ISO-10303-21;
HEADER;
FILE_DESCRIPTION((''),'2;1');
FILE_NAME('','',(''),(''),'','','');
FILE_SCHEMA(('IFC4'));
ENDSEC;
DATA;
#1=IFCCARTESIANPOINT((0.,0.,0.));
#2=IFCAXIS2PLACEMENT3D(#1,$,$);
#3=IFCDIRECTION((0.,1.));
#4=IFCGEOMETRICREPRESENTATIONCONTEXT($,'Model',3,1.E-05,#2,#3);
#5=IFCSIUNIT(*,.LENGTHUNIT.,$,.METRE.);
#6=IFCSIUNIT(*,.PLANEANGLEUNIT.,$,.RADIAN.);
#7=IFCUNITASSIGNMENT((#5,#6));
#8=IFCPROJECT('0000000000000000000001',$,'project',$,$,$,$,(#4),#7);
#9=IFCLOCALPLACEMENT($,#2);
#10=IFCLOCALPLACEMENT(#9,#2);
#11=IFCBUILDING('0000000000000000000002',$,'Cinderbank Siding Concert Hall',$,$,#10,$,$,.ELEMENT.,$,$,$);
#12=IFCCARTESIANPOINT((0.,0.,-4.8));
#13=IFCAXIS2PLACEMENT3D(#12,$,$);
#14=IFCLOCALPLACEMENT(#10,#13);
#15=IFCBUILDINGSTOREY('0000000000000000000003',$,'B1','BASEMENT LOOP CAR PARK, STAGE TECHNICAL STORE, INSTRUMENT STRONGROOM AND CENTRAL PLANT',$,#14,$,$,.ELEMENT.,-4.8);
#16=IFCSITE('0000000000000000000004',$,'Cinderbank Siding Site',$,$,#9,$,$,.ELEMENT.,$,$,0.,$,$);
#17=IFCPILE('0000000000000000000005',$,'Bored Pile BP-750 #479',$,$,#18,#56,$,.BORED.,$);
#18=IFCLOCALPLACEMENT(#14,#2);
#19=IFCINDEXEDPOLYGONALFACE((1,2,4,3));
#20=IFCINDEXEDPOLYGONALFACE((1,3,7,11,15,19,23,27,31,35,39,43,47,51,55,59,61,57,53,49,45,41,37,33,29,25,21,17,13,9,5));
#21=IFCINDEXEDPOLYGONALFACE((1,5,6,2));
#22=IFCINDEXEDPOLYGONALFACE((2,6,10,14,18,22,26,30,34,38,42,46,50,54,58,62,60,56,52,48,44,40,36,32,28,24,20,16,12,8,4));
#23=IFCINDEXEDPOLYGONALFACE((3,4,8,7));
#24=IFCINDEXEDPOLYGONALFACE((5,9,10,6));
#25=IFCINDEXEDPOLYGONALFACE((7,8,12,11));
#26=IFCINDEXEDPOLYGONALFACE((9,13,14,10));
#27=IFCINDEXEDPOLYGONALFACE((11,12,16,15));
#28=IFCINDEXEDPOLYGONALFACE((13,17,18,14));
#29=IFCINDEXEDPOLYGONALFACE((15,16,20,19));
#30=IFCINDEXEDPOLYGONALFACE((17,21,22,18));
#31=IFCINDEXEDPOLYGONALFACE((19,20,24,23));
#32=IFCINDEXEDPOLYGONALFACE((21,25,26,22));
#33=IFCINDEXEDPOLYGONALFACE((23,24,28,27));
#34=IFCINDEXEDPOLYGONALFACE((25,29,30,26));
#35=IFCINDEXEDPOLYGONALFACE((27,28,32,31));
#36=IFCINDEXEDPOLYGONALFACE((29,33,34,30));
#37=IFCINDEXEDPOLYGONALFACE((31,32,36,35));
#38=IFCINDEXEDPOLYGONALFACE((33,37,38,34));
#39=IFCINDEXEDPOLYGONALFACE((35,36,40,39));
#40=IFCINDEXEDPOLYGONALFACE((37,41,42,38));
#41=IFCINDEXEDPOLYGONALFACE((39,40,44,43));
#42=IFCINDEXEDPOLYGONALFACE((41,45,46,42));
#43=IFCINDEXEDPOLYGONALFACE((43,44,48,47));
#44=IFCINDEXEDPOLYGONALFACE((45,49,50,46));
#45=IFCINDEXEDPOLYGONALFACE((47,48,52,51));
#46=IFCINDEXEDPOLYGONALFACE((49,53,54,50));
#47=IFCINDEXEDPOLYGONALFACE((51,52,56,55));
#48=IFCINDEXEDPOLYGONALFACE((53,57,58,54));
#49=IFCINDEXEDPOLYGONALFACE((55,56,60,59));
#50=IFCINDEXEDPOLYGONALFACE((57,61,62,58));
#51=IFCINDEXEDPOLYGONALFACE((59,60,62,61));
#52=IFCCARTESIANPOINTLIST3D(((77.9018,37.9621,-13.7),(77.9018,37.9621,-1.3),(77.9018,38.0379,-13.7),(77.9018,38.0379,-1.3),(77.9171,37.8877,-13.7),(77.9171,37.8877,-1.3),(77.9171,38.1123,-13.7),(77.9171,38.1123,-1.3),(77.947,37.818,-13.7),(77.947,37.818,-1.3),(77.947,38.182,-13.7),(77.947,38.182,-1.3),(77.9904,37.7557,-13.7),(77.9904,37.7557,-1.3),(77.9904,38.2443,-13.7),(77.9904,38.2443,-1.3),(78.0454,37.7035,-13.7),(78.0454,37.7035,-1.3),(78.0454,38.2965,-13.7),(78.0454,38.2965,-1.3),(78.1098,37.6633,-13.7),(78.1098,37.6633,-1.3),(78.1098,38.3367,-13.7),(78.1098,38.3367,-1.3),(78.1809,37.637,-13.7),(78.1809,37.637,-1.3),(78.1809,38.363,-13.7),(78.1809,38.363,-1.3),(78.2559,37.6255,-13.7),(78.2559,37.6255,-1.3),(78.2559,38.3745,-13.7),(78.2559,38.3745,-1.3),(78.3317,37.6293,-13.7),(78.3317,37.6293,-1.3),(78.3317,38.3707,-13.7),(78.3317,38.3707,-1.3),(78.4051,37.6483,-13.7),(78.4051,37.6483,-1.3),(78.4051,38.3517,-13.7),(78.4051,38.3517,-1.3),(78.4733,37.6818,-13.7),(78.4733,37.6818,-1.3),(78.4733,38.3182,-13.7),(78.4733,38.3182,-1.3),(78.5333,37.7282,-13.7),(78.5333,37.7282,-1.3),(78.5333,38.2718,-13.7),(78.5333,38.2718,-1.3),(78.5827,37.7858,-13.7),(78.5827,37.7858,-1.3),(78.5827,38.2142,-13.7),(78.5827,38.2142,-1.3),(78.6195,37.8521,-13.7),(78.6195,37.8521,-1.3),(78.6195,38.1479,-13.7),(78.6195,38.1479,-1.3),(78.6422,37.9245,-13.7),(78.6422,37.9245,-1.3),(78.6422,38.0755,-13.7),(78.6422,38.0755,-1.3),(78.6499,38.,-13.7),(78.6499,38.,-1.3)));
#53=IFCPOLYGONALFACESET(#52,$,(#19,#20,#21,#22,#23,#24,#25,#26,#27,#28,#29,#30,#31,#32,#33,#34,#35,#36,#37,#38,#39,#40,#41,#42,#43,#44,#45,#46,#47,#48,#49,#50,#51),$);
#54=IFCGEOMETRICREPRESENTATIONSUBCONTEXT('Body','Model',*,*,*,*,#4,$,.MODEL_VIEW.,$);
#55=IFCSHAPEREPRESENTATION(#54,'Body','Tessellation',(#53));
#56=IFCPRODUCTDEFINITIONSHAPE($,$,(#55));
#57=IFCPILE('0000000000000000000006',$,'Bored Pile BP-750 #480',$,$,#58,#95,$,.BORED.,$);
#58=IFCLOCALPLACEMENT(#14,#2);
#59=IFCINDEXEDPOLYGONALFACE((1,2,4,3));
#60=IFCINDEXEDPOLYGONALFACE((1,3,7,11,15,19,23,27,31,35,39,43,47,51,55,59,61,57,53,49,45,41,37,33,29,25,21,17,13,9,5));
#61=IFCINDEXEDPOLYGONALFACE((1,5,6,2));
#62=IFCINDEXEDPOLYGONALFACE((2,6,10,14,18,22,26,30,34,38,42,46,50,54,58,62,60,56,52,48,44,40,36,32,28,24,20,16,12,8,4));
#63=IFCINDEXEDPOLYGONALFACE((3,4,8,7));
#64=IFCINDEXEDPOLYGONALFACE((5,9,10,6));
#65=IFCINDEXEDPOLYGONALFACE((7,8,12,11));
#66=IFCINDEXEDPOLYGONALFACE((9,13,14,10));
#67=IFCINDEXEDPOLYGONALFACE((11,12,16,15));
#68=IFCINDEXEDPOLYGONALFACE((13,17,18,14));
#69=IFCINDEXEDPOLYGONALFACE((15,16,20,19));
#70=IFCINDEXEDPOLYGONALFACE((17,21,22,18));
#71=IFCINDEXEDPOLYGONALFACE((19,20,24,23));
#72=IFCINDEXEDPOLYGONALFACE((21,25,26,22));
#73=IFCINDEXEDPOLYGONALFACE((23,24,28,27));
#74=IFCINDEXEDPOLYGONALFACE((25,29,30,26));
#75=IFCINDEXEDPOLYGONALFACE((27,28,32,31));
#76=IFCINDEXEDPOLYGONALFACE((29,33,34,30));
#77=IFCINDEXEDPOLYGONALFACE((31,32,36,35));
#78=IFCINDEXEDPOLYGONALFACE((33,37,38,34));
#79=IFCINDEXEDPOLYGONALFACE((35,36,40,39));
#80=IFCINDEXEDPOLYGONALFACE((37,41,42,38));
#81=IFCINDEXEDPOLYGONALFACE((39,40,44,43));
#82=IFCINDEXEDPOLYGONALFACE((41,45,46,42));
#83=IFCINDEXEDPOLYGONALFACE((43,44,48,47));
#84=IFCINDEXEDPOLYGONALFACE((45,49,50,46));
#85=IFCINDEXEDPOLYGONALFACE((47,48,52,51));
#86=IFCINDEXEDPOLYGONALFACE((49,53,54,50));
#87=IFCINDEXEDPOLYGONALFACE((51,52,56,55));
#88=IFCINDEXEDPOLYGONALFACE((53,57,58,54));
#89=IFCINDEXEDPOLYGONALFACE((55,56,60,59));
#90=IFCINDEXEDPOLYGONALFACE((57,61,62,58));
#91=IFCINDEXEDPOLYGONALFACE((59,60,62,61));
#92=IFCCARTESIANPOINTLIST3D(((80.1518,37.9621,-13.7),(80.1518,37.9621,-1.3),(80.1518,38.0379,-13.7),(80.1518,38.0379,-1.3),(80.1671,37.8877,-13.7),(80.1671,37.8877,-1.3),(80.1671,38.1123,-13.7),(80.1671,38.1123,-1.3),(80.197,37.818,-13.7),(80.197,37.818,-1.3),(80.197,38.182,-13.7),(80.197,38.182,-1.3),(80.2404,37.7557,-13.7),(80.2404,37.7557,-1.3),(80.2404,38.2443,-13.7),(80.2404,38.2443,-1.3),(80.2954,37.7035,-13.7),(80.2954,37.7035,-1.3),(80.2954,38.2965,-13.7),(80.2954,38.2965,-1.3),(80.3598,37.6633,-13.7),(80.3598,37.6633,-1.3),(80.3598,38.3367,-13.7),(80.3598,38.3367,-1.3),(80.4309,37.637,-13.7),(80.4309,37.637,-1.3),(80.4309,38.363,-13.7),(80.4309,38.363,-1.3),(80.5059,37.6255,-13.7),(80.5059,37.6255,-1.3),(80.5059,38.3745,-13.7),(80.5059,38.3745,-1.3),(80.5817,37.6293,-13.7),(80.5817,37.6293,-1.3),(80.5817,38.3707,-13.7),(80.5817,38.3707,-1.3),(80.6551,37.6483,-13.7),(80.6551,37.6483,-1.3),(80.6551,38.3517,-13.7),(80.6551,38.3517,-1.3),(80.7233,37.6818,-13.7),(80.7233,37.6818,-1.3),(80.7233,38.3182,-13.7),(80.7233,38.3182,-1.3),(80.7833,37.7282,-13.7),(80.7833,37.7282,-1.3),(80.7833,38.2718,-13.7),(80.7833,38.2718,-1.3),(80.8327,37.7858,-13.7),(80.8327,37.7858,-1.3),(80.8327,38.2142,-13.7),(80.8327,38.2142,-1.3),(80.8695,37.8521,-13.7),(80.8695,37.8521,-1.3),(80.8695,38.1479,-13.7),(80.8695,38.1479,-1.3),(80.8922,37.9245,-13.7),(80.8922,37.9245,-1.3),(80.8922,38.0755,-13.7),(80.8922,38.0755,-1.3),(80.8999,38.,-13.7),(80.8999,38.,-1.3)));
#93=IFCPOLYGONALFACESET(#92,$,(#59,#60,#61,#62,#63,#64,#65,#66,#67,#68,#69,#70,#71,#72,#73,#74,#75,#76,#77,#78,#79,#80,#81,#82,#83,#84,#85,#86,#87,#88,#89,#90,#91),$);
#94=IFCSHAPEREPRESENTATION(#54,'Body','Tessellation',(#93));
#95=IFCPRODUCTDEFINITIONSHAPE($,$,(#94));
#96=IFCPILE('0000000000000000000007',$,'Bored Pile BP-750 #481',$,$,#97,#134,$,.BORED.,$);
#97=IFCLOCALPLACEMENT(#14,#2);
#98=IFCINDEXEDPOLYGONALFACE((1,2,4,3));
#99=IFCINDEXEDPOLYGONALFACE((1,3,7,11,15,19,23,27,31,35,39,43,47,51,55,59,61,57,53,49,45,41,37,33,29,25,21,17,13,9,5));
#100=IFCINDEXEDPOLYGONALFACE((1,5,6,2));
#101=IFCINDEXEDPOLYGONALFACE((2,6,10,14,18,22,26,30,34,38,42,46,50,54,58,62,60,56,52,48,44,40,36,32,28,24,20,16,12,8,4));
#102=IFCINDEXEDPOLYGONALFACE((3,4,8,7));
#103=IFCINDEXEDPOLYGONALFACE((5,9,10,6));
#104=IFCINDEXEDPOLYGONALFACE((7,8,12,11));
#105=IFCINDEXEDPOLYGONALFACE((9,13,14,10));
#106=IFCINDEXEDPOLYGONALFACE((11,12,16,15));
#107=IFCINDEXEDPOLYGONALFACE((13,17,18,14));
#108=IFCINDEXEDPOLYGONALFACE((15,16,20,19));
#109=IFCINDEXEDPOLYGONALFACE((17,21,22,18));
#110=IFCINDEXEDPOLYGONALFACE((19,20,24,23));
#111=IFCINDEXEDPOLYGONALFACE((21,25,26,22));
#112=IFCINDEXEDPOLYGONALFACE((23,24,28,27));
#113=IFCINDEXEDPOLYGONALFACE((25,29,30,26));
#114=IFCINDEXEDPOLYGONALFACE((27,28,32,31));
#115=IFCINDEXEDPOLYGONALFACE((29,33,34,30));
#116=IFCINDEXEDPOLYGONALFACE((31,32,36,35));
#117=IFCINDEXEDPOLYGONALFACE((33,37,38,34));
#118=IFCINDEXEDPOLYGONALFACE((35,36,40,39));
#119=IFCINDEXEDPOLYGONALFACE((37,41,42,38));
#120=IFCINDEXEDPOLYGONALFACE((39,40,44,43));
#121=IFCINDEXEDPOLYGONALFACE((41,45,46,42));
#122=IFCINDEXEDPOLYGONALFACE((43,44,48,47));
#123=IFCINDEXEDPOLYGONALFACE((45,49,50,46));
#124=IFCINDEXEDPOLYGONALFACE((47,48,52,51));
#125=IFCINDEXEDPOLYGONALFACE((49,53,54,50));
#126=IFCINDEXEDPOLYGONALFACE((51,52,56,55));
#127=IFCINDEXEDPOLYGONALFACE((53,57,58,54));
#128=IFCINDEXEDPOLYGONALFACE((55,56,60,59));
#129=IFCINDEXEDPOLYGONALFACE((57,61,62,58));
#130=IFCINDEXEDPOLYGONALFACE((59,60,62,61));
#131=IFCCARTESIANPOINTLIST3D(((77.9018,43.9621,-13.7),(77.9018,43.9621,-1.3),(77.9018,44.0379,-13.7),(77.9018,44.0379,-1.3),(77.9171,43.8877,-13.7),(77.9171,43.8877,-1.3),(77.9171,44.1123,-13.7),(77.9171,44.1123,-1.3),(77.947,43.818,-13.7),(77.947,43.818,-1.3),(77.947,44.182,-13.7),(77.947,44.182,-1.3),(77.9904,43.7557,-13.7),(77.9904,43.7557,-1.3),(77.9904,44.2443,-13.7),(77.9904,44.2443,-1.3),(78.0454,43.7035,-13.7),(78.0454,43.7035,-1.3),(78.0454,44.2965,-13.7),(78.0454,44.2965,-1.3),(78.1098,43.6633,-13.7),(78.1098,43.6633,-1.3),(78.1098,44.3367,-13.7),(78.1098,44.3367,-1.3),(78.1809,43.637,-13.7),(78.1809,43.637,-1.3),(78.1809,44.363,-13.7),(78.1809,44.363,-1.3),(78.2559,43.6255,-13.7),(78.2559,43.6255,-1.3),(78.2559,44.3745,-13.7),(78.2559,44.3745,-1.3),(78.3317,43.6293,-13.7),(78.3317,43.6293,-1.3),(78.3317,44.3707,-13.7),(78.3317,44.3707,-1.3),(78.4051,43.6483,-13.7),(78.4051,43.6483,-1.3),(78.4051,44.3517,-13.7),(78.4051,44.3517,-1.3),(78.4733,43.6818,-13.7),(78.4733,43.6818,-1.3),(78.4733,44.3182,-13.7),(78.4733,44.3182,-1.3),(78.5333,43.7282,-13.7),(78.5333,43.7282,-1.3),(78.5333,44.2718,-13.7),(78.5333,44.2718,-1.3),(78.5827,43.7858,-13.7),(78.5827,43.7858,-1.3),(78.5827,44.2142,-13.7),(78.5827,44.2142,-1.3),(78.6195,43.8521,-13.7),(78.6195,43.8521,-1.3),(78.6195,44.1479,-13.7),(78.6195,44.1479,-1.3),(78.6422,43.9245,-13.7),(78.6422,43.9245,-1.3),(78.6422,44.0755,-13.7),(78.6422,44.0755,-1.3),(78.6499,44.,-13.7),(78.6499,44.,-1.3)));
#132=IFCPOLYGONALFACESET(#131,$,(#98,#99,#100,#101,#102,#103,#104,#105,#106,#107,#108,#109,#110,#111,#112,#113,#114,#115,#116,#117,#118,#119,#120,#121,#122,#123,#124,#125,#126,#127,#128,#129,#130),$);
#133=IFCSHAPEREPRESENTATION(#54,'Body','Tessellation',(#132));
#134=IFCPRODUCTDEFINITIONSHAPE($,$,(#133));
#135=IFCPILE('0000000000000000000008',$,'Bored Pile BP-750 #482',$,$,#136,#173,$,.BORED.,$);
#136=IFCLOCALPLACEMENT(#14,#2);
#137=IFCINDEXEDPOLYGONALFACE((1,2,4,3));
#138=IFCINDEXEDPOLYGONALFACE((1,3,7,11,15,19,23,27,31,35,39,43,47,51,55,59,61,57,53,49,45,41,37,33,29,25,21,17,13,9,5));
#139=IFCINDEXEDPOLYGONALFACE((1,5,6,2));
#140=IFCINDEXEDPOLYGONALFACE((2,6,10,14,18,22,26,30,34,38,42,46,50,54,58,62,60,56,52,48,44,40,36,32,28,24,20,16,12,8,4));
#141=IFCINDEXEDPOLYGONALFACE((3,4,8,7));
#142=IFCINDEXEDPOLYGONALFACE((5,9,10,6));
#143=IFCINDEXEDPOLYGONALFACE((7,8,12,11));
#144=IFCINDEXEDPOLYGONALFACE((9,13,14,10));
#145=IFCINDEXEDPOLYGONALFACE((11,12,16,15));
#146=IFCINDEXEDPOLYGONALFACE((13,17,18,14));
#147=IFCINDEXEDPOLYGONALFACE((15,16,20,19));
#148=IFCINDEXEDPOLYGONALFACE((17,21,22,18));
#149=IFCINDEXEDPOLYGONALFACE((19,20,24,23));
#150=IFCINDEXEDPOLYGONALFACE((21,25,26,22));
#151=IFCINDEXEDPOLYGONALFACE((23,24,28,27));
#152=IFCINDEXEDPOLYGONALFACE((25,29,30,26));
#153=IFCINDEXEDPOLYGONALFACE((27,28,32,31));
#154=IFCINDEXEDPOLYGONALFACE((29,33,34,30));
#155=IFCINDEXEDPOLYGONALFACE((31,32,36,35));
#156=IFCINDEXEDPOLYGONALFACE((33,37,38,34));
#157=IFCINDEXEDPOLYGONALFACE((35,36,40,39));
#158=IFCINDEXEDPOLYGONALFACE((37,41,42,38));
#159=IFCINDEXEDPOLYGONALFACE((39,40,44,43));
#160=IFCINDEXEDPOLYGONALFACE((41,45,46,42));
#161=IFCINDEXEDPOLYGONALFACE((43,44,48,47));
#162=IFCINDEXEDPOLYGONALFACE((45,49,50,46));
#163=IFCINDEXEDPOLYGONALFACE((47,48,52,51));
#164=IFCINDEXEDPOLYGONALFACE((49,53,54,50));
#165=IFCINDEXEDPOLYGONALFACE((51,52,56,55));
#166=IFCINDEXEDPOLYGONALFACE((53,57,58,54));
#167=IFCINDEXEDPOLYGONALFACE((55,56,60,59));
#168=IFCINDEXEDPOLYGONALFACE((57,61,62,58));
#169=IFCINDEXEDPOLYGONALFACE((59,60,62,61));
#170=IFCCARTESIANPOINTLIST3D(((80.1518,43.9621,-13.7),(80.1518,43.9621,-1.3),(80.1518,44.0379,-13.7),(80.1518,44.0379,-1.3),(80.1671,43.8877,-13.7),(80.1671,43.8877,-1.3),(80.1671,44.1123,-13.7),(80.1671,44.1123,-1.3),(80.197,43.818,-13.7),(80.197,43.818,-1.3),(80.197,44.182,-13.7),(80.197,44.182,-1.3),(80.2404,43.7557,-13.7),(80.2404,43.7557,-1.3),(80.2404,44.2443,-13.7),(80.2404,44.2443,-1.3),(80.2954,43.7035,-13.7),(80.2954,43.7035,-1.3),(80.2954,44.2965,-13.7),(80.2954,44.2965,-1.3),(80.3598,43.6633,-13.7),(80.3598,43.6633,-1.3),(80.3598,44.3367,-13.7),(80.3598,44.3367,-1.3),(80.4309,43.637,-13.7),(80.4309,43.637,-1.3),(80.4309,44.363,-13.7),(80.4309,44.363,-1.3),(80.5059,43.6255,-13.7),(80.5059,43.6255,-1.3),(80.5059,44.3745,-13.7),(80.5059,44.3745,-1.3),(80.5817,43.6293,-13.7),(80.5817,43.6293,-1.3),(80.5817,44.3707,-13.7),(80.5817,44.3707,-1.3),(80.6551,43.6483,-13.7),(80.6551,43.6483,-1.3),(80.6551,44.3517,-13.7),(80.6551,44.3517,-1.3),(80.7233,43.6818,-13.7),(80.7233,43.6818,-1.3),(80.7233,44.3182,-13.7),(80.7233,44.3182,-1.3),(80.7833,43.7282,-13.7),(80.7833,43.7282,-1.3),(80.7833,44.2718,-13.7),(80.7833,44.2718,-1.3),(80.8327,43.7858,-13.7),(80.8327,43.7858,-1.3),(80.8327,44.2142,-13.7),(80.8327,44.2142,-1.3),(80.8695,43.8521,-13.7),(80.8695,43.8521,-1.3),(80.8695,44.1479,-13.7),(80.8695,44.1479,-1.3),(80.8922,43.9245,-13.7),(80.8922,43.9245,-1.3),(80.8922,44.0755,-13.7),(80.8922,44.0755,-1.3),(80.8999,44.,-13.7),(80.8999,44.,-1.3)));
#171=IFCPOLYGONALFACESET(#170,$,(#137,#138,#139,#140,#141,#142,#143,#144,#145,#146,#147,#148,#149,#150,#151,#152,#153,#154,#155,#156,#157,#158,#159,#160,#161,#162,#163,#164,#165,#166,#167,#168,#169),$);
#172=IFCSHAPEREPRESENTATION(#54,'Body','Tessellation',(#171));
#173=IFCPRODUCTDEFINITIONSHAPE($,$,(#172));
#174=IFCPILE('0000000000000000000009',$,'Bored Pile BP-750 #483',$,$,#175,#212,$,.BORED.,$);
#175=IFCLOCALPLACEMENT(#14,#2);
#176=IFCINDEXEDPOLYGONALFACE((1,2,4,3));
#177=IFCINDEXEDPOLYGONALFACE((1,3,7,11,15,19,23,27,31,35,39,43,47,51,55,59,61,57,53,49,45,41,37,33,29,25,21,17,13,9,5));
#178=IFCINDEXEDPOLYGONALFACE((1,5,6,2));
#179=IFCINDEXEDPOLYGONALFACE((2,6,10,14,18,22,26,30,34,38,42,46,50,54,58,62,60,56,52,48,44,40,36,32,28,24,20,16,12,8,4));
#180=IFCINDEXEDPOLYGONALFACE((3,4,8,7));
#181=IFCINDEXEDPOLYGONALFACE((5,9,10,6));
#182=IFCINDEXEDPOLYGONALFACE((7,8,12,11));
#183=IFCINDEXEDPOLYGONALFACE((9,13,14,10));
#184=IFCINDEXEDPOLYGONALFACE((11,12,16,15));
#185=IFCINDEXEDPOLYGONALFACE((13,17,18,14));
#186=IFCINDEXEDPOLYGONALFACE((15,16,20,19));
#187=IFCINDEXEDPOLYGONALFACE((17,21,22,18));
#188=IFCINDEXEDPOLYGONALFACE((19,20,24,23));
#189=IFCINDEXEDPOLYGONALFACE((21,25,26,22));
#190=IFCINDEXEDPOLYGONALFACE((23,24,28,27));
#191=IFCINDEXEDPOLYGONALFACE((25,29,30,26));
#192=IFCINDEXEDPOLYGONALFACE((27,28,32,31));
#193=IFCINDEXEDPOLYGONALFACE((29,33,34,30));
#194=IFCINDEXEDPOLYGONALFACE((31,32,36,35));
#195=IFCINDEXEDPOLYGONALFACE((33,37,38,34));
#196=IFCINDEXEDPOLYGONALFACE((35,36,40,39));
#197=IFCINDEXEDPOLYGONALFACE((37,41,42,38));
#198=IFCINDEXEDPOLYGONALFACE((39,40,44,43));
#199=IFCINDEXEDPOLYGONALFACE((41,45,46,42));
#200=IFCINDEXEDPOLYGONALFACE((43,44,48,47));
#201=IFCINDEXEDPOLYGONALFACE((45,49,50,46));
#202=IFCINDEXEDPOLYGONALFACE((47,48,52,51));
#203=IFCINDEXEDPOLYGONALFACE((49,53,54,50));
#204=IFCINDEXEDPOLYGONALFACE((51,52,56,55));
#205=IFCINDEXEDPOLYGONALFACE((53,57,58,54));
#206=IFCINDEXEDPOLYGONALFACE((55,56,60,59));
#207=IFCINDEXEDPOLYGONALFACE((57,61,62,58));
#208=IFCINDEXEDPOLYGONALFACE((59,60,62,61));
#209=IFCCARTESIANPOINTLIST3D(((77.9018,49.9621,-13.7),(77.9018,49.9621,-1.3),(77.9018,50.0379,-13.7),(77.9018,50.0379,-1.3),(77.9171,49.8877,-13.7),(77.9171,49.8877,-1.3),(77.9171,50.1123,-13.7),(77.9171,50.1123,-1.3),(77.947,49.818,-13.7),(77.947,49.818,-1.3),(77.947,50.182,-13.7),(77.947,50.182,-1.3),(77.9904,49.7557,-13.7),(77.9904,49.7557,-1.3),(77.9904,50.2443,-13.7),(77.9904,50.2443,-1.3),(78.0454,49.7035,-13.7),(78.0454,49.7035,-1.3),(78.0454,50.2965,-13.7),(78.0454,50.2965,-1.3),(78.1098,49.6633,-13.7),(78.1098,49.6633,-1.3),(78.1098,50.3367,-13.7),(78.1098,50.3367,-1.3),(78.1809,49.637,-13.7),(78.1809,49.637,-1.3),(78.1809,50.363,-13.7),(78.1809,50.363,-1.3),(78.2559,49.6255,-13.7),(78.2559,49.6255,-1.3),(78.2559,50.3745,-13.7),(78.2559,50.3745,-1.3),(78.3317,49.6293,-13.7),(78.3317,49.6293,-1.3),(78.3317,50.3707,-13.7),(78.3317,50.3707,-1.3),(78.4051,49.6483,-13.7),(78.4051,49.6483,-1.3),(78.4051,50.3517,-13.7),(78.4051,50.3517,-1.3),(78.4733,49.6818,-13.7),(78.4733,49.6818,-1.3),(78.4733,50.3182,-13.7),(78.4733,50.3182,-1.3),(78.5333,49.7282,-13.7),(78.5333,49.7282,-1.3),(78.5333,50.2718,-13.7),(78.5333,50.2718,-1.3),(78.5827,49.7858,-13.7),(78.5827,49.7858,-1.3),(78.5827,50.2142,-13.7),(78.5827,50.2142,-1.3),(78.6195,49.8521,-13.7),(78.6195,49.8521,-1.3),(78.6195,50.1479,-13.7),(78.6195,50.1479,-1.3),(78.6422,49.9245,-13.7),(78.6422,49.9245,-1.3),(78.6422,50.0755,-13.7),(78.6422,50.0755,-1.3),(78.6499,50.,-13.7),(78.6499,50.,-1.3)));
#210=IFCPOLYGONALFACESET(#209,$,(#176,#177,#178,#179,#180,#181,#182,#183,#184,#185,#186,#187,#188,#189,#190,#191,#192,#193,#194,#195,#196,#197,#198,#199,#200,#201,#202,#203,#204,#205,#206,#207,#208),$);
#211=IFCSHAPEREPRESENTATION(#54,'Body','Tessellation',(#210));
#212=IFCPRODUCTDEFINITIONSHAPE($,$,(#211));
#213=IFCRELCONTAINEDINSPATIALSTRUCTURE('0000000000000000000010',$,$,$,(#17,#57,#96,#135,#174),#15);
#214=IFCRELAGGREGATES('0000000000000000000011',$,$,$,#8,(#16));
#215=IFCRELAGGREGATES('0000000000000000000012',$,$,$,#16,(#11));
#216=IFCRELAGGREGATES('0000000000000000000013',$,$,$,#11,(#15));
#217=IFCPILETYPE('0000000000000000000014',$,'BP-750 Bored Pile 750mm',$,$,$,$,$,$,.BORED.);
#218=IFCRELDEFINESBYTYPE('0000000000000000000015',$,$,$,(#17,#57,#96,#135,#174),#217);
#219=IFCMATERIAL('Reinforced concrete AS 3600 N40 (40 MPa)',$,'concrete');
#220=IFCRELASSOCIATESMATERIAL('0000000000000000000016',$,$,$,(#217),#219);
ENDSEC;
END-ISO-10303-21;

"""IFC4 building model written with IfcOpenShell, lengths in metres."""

from ifc_helpers import new_model, si_unit, direction, frame, origin, origin_2d, place, context, subcontext, project, spatial, circle, extrude, material, material_profile, profile_set, type_object, element, save


model = new_model("IFC4")

# Units and contexts
model_context = context("Model", 3, precision=1e-05, world=origin(), true_north=direction((0.0, 1.0)))
body_context = subcontext(model_context, "Body", "Model", "MODEL_VIEW")
ifc_project = project(units=[si_unit("LENGTHUNIT", "METRE"), si_unit("PLANEANGLEUNIT", "RADIAN")], contexts=[model_context])

# Site, building, storey
site_placement = place(None, origin())
site = spatial("IfcSite", under=ifc_project, at=site_placement, Name="Cinderbank Siding Site", CompositionType="ELEMENT", RefElevation=0.0)
building_placement = place(site_placement, origin())
building = spatial("IfcBuilding", under=site, at=building_placement, Name="Cinderbank Siding Concert Hall", CompositionType="ELEMENT")
storey_placement = place(building_placement, frame((0.0, 0.0, -4.8)))
storey = spatial("IfcBuildingStorey", under=building, at=storey_placement, Name="B1", Description="BASEMENT LOOP CAR PARK, STAGE TECHNICAL STORE, INSTRUMENT STRONGROOM AND CENTRAL PLANT", CompositionType="ELEMENT", Elevation=-4.8)

# Piles
ifc_material_1 = material(Name="Reinforced concrete AS 3600 N40 (40 MPa)", Category="concrete")
ifc_material_profile_1 = material_profile(ifc_material_1, circle(Radius=0.375, at=origin_2d()), Name="PILE-750DIA", Category="LoadBearing")
ifc_profile_set_1 = profile_set([ifc_material_profile_1], Name="Reinforced concrete AS 3600 N40 (40 MPa)")
pile_type_1 = type_object("IfcPileType", Name="BP-750 Bored Pile 750mm", PredefinedType="BORED", material=ifc_profile_set_1)
for number, where, z_axis, x_axis, name in (
    (1, (78.2749, 38.0, -1.3), (0.0, 0.0, -1.0), (1.0, 0.0, 0.0), "Bored Pile BP-750 #479"),
    (2, (80.5249, 38.0, -1.3), (0.0, 0.0, -1.0), (1.0, 0.0, 0.0), "Bored Pile BP-750 #480"),
    (3, (78.2749, 44.0, -1.3), (0.0, 0.0, -1.0), (1.0, 0.0, 0.0), "Bored Pile BP-750 #481"),
    (4, (80.5249, 44.0, -1.3), (0.0, 0.0, -1.0), (1.0, 0.0, 0.0), "Bored Pile BP-750 #482"),
    (5, (78.2749, 50.0, -1.3), (0.0, 0.0, -1.0), (1.0, 0.0, 0.0), "Bored Pile BP-750 #483"),
):
    element("IfcPile", number, at=place(storey_placement, frame(where, z_axis=z_axis, x_axis=x_axis)), inside=storey, type_object=pile_type_1, Name=name, PredefinedType="BORED", context=body_context, shape_type="SweptSolid", body=[
        extrude(circle(Radius=0.375, at=origin_2d()), origin(), (0.0, 0.0, 1.0), 12.3999),
    ])

save(model, "model.ifc")
